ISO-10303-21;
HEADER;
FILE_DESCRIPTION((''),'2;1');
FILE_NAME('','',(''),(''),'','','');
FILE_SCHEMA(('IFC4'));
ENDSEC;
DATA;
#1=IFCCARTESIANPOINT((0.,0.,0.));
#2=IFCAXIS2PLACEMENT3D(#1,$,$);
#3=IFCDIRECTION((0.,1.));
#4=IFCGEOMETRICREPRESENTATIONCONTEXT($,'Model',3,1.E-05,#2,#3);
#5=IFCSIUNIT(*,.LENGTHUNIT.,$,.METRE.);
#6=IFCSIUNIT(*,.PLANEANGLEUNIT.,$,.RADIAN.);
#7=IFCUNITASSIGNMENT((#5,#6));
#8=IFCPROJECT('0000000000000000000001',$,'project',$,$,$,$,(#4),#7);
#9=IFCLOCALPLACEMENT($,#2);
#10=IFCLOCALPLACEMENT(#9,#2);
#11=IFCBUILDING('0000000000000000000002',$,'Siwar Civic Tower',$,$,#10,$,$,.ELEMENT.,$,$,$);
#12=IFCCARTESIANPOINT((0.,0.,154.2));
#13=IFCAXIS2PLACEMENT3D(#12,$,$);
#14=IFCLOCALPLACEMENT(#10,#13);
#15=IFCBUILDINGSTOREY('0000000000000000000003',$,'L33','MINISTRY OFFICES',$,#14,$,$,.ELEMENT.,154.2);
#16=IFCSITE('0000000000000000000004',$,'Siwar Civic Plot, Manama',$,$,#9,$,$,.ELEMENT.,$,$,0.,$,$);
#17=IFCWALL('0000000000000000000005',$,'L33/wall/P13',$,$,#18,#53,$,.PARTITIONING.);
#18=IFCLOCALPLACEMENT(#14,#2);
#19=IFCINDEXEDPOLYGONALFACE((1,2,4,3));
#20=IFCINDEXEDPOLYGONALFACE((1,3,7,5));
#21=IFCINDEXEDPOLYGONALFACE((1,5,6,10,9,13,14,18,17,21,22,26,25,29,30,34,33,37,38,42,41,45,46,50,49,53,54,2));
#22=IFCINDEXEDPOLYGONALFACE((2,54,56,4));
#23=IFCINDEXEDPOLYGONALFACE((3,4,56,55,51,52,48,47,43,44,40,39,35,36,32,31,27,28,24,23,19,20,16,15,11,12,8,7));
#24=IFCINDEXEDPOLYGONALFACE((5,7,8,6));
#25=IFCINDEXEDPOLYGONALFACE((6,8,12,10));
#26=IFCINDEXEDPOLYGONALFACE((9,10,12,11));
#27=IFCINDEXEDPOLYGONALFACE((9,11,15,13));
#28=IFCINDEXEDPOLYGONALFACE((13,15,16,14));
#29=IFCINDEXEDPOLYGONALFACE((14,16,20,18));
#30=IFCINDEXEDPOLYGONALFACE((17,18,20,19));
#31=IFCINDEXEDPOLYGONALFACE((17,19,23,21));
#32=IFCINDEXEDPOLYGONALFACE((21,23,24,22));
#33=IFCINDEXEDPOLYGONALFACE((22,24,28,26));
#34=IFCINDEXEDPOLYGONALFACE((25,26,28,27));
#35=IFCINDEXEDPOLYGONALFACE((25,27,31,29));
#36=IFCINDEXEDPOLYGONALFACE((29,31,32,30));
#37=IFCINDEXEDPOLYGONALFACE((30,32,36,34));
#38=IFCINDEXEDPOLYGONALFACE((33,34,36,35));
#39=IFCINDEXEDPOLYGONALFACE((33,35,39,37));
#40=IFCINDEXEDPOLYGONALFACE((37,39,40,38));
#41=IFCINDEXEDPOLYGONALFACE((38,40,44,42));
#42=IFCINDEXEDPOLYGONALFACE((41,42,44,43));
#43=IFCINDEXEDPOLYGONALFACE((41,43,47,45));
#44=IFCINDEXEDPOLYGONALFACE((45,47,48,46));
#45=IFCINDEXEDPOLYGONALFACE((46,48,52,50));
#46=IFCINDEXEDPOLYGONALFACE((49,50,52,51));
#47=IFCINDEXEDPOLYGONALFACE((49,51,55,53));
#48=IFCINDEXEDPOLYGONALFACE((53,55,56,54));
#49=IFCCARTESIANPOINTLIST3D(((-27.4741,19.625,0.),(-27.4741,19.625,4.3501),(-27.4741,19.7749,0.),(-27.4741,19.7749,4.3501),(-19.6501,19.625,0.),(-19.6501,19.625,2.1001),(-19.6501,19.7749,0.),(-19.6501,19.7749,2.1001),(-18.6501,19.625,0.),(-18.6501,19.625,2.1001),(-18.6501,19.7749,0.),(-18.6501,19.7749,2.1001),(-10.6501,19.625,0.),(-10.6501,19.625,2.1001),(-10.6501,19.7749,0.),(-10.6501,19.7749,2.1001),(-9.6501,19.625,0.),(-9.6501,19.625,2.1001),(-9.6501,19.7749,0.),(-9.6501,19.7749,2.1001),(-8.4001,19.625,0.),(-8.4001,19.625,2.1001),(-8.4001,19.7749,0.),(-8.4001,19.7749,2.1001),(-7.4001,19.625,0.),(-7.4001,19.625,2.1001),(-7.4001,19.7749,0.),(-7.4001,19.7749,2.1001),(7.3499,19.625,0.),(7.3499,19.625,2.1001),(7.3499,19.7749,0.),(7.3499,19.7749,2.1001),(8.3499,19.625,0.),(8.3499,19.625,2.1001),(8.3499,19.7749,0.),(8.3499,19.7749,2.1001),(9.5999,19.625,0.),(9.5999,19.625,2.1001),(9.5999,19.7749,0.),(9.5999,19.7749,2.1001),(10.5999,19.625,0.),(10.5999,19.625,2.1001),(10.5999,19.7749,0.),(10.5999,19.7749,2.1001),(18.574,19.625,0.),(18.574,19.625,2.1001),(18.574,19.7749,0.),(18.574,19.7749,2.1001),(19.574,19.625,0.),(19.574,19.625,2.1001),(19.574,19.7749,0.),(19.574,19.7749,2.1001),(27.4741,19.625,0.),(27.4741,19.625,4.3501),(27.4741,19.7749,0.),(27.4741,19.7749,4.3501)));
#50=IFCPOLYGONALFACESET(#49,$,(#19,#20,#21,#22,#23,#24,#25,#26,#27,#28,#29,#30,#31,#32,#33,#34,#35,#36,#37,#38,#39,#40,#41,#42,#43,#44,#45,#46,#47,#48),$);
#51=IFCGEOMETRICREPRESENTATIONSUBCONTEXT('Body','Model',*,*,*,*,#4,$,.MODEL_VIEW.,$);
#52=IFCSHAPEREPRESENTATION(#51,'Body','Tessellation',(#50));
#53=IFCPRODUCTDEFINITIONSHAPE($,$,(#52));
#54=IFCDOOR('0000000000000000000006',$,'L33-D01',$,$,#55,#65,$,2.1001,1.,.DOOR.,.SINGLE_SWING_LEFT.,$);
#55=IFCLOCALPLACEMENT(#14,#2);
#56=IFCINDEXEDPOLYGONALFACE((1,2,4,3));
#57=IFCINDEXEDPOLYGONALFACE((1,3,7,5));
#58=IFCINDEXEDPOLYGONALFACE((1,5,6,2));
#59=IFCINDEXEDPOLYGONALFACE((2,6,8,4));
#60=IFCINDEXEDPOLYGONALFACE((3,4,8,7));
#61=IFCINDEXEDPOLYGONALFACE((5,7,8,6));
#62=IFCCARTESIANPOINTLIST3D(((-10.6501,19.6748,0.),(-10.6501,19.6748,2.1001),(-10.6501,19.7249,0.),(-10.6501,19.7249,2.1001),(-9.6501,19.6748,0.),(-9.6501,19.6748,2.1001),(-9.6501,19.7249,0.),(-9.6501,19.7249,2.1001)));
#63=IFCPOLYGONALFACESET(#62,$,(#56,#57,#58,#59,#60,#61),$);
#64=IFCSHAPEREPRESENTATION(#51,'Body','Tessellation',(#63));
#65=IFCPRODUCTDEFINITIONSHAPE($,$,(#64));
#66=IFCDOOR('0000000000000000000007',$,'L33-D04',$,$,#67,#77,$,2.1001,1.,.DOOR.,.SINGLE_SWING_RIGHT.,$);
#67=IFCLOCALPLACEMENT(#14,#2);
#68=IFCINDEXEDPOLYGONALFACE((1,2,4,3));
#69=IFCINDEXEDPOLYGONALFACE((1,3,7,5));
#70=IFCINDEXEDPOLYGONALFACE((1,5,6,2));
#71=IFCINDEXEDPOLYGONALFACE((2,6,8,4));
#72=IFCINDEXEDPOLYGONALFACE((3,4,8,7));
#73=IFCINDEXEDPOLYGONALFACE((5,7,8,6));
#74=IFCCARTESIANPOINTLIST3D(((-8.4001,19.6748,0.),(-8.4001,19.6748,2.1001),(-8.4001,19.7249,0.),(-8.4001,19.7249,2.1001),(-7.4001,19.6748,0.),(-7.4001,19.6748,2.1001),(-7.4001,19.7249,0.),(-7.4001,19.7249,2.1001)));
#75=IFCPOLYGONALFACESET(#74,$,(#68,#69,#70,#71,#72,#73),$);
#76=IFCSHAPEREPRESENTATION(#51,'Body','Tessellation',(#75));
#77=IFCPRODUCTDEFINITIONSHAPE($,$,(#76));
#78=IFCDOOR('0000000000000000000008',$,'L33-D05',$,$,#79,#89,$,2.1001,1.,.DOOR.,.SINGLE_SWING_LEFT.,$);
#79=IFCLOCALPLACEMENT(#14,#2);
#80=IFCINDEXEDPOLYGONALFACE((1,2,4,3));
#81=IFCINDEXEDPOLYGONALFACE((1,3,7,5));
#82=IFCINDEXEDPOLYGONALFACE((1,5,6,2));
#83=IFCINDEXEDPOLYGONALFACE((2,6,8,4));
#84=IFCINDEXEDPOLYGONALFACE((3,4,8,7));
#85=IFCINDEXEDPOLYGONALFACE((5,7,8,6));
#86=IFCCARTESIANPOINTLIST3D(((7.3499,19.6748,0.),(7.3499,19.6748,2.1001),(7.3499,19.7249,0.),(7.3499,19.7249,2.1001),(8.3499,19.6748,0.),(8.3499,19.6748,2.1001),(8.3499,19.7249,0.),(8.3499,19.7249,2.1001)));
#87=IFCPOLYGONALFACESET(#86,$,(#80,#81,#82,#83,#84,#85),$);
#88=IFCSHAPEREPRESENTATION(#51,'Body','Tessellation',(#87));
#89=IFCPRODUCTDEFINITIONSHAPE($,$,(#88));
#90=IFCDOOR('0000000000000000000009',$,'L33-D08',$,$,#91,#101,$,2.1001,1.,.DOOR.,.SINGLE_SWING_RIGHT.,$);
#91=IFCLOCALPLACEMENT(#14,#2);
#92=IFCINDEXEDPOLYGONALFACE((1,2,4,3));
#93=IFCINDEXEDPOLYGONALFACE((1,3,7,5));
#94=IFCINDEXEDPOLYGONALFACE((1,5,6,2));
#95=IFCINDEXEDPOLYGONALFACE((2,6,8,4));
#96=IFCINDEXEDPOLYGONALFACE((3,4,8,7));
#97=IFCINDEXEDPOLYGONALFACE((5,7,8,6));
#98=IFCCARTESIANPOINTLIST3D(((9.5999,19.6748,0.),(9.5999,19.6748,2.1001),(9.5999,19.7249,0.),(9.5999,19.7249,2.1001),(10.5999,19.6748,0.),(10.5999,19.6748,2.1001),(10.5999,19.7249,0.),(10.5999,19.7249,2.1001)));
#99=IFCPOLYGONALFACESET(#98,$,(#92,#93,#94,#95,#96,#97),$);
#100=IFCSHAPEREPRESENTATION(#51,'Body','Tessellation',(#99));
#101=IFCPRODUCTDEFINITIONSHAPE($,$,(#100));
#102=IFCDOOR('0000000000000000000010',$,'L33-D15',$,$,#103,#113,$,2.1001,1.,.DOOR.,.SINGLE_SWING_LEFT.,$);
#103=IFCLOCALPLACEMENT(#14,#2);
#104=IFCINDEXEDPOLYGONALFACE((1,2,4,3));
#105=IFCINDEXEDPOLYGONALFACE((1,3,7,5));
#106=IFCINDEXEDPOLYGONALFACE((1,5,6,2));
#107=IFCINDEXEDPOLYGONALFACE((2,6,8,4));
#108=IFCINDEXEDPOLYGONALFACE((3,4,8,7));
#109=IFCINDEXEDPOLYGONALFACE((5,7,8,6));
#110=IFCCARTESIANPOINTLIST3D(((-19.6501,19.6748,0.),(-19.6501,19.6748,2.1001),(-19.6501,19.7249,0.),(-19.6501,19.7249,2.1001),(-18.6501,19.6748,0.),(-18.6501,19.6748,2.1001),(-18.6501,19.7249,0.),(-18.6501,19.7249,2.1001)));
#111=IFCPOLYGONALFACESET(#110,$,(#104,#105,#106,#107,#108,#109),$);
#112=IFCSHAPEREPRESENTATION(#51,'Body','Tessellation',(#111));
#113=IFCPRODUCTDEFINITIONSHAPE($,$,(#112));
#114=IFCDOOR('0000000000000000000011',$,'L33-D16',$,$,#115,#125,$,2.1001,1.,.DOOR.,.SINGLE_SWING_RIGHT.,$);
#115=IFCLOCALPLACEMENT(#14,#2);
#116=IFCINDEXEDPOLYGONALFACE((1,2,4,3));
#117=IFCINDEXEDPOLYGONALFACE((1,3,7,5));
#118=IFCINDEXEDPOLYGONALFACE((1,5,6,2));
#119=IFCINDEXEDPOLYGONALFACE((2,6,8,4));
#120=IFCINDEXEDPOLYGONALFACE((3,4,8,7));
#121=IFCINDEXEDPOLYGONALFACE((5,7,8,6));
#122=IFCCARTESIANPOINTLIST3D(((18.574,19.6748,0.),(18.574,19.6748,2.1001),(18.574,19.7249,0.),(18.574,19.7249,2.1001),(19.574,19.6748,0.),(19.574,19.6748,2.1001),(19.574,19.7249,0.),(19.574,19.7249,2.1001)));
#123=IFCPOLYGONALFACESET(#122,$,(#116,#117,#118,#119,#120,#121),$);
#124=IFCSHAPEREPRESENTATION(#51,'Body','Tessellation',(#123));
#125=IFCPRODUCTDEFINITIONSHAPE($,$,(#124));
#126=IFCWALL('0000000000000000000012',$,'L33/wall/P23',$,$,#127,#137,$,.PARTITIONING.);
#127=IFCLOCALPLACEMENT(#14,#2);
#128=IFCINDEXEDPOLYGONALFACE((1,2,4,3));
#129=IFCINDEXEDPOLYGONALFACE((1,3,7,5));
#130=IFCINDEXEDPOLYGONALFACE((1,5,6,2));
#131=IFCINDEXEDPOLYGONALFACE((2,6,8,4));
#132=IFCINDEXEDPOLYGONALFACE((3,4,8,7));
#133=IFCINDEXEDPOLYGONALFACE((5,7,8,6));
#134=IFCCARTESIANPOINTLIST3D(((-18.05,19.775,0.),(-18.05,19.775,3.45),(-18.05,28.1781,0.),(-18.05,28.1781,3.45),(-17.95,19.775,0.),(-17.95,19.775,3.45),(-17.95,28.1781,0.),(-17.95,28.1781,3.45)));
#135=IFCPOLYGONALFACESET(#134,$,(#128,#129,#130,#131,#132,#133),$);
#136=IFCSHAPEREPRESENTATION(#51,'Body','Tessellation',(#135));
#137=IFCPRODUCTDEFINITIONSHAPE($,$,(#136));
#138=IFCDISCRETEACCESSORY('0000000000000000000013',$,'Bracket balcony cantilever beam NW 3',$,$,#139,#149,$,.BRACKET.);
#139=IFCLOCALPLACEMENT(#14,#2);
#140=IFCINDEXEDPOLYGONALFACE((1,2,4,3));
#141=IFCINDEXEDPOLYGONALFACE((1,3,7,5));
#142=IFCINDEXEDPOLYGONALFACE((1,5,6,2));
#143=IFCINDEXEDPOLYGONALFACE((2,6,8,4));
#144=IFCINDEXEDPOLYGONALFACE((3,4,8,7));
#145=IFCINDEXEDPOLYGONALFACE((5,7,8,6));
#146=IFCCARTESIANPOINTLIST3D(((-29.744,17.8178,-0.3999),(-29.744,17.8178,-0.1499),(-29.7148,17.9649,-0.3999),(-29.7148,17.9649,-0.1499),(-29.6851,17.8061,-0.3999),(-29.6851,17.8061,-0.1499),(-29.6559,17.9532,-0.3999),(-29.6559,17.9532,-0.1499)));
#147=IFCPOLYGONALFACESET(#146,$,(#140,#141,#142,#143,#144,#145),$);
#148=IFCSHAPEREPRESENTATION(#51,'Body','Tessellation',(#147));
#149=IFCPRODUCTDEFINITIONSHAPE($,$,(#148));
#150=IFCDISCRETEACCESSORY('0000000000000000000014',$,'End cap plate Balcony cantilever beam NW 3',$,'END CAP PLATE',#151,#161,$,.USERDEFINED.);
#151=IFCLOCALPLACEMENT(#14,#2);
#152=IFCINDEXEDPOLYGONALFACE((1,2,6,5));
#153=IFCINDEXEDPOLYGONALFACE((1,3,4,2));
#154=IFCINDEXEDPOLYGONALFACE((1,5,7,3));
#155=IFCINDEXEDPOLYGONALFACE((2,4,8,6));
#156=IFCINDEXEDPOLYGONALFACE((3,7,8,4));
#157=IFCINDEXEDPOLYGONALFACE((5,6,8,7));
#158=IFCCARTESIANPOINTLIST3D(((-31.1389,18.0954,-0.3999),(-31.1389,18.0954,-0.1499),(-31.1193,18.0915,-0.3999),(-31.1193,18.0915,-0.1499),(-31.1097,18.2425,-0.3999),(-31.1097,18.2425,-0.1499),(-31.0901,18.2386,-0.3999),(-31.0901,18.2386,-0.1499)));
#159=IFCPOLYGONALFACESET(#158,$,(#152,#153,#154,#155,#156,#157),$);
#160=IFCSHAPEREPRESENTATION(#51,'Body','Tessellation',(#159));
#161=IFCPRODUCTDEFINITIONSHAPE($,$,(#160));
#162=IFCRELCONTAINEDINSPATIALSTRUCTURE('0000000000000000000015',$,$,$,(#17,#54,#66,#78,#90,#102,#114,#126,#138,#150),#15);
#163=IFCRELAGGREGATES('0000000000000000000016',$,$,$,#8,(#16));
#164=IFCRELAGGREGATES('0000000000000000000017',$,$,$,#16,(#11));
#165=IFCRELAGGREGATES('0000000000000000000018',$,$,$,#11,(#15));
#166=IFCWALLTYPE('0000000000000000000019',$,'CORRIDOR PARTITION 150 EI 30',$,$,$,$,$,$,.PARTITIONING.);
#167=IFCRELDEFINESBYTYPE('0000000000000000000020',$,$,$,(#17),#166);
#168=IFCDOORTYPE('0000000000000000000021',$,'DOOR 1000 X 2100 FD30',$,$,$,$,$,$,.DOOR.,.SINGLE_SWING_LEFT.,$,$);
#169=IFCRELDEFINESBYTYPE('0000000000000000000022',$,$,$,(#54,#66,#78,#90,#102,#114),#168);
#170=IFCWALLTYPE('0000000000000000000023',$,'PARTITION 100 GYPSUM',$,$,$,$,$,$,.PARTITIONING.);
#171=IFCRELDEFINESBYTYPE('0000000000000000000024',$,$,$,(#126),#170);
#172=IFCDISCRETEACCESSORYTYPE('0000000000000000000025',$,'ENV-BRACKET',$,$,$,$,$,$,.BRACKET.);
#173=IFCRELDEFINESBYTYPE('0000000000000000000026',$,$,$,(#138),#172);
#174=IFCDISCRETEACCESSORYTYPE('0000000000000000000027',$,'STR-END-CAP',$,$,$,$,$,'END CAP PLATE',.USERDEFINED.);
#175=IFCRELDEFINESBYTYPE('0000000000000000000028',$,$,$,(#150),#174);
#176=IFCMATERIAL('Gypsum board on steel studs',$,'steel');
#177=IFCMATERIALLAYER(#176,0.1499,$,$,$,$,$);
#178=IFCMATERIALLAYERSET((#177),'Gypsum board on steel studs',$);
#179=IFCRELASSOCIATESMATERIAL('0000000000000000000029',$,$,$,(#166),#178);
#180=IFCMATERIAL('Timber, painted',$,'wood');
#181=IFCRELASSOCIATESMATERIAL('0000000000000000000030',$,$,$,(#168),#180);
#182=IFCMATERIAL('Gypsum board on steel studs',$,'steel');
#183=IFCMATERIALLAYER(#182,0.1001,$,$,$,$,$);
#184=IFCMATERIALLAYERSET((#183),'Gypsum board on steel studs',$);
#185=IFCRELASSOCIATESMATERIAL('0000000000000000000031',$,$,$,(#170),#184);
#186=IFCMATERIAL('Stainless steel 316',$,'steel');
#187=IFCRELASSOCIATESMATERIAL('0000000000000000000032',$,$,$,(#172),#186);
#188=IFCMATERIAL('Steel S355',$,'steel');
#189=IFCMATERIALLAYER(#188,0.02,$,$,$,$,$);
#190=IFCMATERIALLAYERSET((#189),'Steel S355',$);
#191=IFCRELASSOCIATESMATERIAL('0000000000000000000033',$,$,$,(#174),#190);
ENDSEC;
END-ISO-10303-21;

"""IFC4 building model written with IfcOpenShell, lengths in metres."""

from ifc_helpers import new_model, si_unit, direction, frame, frame_2d, origin, origin_2d, place, context, subcontext, project, spatial, rectangle, extrude, material, layer, layer_set, type_object, element, fill, save


model = new_model("IFC4")

# Units and contexts
model_context = context("Model", 3, precision=1e-05, world=origin(), true_north=direction((0.0, 1.0)))
body_context = subcontext(model_context, "Body", "Model", "MODEL_VIEW")
ifc_project = project(units=[si_unit("LENGTHUNIT", "METRE"), si_unit("PLANEANGLEUNIT", "RADIAN")], contexts=[model_context])

# Site, building, storey
site_placement = place(None, origin())
site = spatial("IfcSite", under=ifc_project, at=site_placement, Name="Siwar Civic Plot, Manama", CompositionType="ELEMENT", RefElevation=0.0)
building_placement = place(site_placement, origin())
building = spatial("IfcBuilding", under=site, at=building_placement, Name="Siwar Civic Tower", CompositionType="ELEMENT")
storey_placement = place(building_placement, frame((0.0, 0.0, 154.2)))
storey = spatial("IfcBuildingStorey", under=building, at=storey_placement, Name="L33", Description="MINISTRY OFFICES", CompositionType="ELEMENT", Elevation=154.2)

# Shared definitions
ifc_material_1 = material(Name="Gypsum board on steel studs", Category="steel")
ifc_layer_1 = layer(ifc_material_1, 0.1499)
ifc_layer_set_1 = layer_set([ifc_layer_1], Name="Gypsum board on steel studs")
wall_type_1 = type_object("IfcWallType", Name="CORRIDOR PARTITION 150 EI 30", PredefinedType="PARTITIONING", material=ifc_layer_set_1)

# Wall, openings, doors
ifc_material_2 = material(Name="Timber, painted", Category="wood")
door_type = type_object("IfcDoorType", Name="DOOR 1000 X 2100 FD30", OperationType="SINGLE_SWING_LEFT", PredefinedType="DOOR", material=ifc_material_2)
wall_1_placement = place(storey_placement, frame((-27.4741, 19.7, 0.0), z_axis=(0.0, 0.0, 1.0), x_axis=(1.0, 0.0, 0.0)))
wall_1 = element("IfcWall", 1, at=wall_1_placement, inside=storey, type_object=wall_type_1, Name="L33/wall/P13", PredefinedType="PARTITIONING", context=body_context, shape_type="SweptSolid", body=[
    extrude(rectangle(XDim=54.9482, YDim=0.1499, at=frame_2d((27.4741, 0.0))), origin(), (0.0, 0.0, 1.0), 4.3501),
])
opening_1_placement = place(wall_1_placement, frame((16.824, 0.0, 0.0)))
opening_1 = element("IfcOpeningElement", 2, at=opening_1_placement, cuts=wall_1, PredefinedType="OPENING", context=body_context, shape_type="SweptSolid", body=[
    extrude(rectangle(XDim=1.0, YDim=2.1001, at=frame_2d((0.5, 1.05))), frame((0.0, 0.085, 0.0), z_axis=(0.0, -1.0, 0.0), x_axis=(1.0, 0.0, 0.0)), (0.0, 0.0, 1.0), 0.1699),
])
opening_2_placement = place(wall_1_placement, frame((19.074, 0.0, 0.0)))
opening_2 = element("IfcOpeningElement", 3, at=opening_2_placement, cuts=wall_1, PredefinedType="OPENING", context=body_context, shape_type="SweptSolid", body=[
    extrude(rectangle(XDim=1.0, YDim=2.1001, at=frame_2d((0.5, 1.05))), frame((0.0, 0.085, 0.0), z_axis=(0.0, -1.0, 0.0), x_axis=(1.0, 0.0, 0.0)), (0.0, 0.0, 1.0), 0.1699),
])
opening_3_placement = place(wall_1_placement, frame((34.824, 0.0, 0.0)))
opening_3 = element("IfcOpeningElement", 4, at=opening_3_placement, cuts=wall_1, PredefinedType="OPENING", context=body_context, shape_type="SweptSolid", body=[
    extrude(rectangle(XDim=1.0, YDim=2.1001, at=frame_2d((0.5, 1.05))), frame((0.0, 0.085, 0.0), z_axis=(0.0, -1.0, 0.0), x_axis=(1.0, 0.0, 0.0)), (0.0, 0.0, 1.0), 0.1699),
])
opening_4_placement = place(wall_1_placement, frame((37.074, 0.0, 0.0)))
opening_4 = element("IfcOpeningElement", 5, at=opening_4_placement, cuts=wall_1, PredefinedType="OPENING", context=body_context, shape_type="SweptSolid", body=[
    extrude(rectangle(XDim=1.0, YDim=2.1001, at=frame_2d((0.5, 1.05))), frame((0.0, 0.085, 0.0), z_axis=(0.0, -1.0, 0.0), x_axis=(1.0, 0.0, 0.0)), (0.0, 0.0, 1.0), 0.1699),
])
opening_5_placement = place(wall_1_placement, frame((7.824, 0.0, 0.0)))
opening_5 = element("IfcOpeningElement", 6, at=opening_5_placement, cuts=wall_1, PredefinedType="OPENING", context=body_context, shape_type="SweptSolid", body=[
    extrude(rectangle(XDim=1.0, YDim=2.1001, at=frame_2d((0.5, 1.05))), frame((0.0, 0.085, 0.0), z_axis=(0.0, -1.0, 0.0), x_axis=(1.0, 0.0, 0.0)), (0.0, 0.0, 1.0), 0.1699),
])
opening_6_placement = place(wall_1_placement, frame((46.0481, 0.0, 0.0)))
opening_6 = element("IfcOpeningElement", 7, at=opening_6_placement, cuts=wall_1, PredefinedType="OPENING", context=body_context, shape_type="SweptSolid", body=[
    extrude(rectangle(XDim=1.0, YDim=2.1001, at=frame_2d((0.5, 1.05))), frame((0.0, 0.085, 0.0), z_axis=(0.0, -1.0, 0.0), x_axis=(1.0, 0.0, 0.0)), (0.0, 0.0, 1.0), 0.1699),
])
door_1_placement = place(opening_1_placement, origin())
door_1 = element("IfcDoor", 8, at=door_1_placement, inside=storey, type_object=door_type, Name="L33-D01", OperationType="SINGLE_SWING_LEFT", OverallHeight=2.1001, OverallWidth=1.0, PredefinedType="DOOR", context=body_context, shape_type="SweptSolid", body=[
    extrude(rectangle(XDim=1.0, YDim=2.1001, at=frame_2d((0.5, 1.05))), frame((0.0, 0.0249, 0.0), z_axis=(0.0, -1.0, 0.0), x_axis=(1.0, 0.0, 0.0)), (0.0, 0.0, 1.0), 0.05),
])
fill(opening_1, door_1)
door_2_placement = place(opening_2_placement, origin())
door_2 = element("IfcDoor", 9, at=door_2_placement, inside=storey, type_object=door_type, Name="L33-D04", OperationType="SINGLE_SWING_RIGHT", OverallHeight=2.1001, OverallWidth=1.0, PredefinedType="DOOR", context=body_context, shape_type="SweptSolid", body=[
    extrude(rectangle(XDim=1.0, YDim=2.1001, at=frame_2d((0.5, 1.05))), frame((0.0, 0.0249, 0.0), z_axis=(0.0, -1.0, 0.0), x_axis=(1.0, 0.0, 0.0)), (0.0, 0.0, 1.0), 0.05),
])
fill(opening_2, door_2)
door_3_placement = place(opening_3_placement, origin())
door_3 = element("IfcDoor", 10, at=door_3_placement, inside=storey, type_object=door_type, Name="L33-D05", OperationType="SINGLE_SWING_LEFT", OverallHeight=2.1001, OverallWidth=1.0, PredefinedType="DOOR", context=body_context, shape_type="SweptSolid", body=[
    extrude(rectangle(XDim=1.0, YDim=2.1001, at=frame_2d((0.5, 1.05))), frame((0.0, 0.0249, 0.0), z_axis=(0.0, -1.0, 0.0), x_axis=(1.0, 0.0, 0.0)), (0.0, 0.0, 1.0), 0.05),
])
fill(opening_3, door_3)
door_4_placement = place(opening_4_placement, origin())
door_4 = element("IfcDoor", 11, at=door_4_placement, inside=storey, type_object=door_type, Name="L33-D08", OperationType="SINGLE_SWING_RIGHT", OverallHeight=2.1001, OverallWidth=1.0, PredefinedType="DOOR", context=body_context, shape_type="SweptSolid", body=[
    extrude(rectangle(XDim=1.0, YDim=2.1001, at=frame_2d((0.5, 1.05))), frame((0.0, 0.0249, 0.0), z_axis=(0.0, -1.0, 0.0), x_axis=(1.0, 0.0, 0.0)), (0.0, 0.0, 1.0), 0.05),
])
fill(opening_4, door_4)
door_5_placement = place(opening_5_placement, origin())
door_5 = element("IfcDoor", 12, at=door_5_placement, inside=storey, type_object=door_type, Name="L33-D15", OperationType="SINGLE_SWING_LEFT", OverallHeight=2.1001, OverallWidth=1.0, PredefinedType="DOOR", context=body_context, shape_type="SweptSolid", body=[
    extrude(rectangle(XDim=1.0, YDim=2.1001, at=frame_2d((0.5, 1.05))), frame((0.0, 0.0249, 0.0), z_axis=(0.0, -1.0, 0.0), x_axis=(1.0, 0.0, 0.0)), (0.0, 0.0, 1.0), 0.05),
])
fill(opening_5, door_5)
door_6_placement = place(opening_6_placement, origin())
door_6 = element("IfcDoor", 13, at=door_6_placement, inside=storey, type_object=door_type, Name="L33-D16", OperationType="SINGLE_SWING_RIGHT", OverallHeight=2.1001, OverallWidth=1.0, PredefinedType="DOOR", context=body_context, shape_type="SweptSolid", body=[
    extrude(rectangle(XDim=1.0, YDim=2.1001, at=frame_2d((0.5, 1.05))), frame((0.0, 0.0249, 0.0), z_axis=(0.0, -1.0, 0.0), x_axis=(1.0, 0.0, 0.0)), (0.0, 0.0, 1.0), 0.05),
])
fill(opening_6, door_6)

# Wall
ifc_material_3 = material(Name="Gypsum board on steel studs", Category="steel")
ifc_layer_2 = layer(ifc_material_3, 0.1001)
ifc_layer_set_2 = layer_set([ifc_layer_2], Name="Gypsum board on steel studs")
wall_type_2 = type_object("IfcWallType", Name="PARTITION 100 GYPSUM", PredefinedType="PARTITIONING", material=ifc_layer_set_2)
wall_2_placement = place(storey_placement, frame((-18.0, 19.7749, 0.0), z_axis=(0.0, 0.0, 1.0), x_axis=(0.0, 1.0, 0.0)))
element("IfcWall", 14, at=wall_2_placement, inside=storey, type_object=wall_type_2, Name="L33/wall/P23", PredefinedType="PARTITIONING", context=body_context, shape_type="SweptSolid", body=[
    extrude(rectangle(XDim=8.4031, YDim=0.1001, at=frame_2d((4.2017, 0.0))), origin(), (0.0, 0.0, 1.0), 3.45),
])

# Discrete accessories
ifc_material_4 = material(Name="Stainless steel 316", Category="steel")
discrete_accessory_type_1 = type_object("IfcDiscreteAccessoryType", Name="ENV-BRACKET", PredefinedType="BRACKET", material=ifc_material_4)
discrete_accessory_1_placement = place(storey_placement, frame((-29.7, 17.8855, -0.3999), z_axis=(0.0, 0.0, 1.0), x_axis=(-0.980785, 0.19509, 0.0)))
element("IfcDiscreteAccessory", 15, at=discrete_accessory_1_placement, inside=storey, type_object=discrete_accessory_type_1, Name="Bracket balcony cantilever beam NW 3", PredefinedType="BRACKET", context=body_context, shape_type="SweptSolid", body=[
    extrude(rectangle(XDim=0.0601, YDim=0.1499, at=origin_2d()), origin(), (0.0, 0.0, 1.0), 0.25),
])
ifc_material_5 = material(Name="Steel S355", Category="steel")
ifc_layer_3 = layer(ifc_material_5, 0.02)
ifc_layer_set_3 = layer_set([ifc_layer_3], Name="Steel S355")
discrete_accessory_type_2 = type_object("IfcDiscreteAccessoryType", Name="STR-END-CAP", ElementType="END CAP PLATE", PredefinedType="USERDEFINED", material=ifc_layer_set_3)
discrete_accessory_2_placement = place(storey_placement, frame((-31.1145, 18.167, -0.3999), z_axis=(0.0, 0.0, 1.0), x_axis=(-0.980785, 0.19509, 0.0)))
element("IfcDiscreteAccessory", 16, at=discrete_accessory_2_placement, inside=storey, type_object=discrete_accessory_type_2, Name="End cap plate Balcony cantilever beam NW 3", ObjectType="END CAP PLATE", PredefinedType="USERDEFINED", context=body_context, shape_type="SweptSolid", body=[
    extrude(rectangle(XDim=0.02, YDim=0.1499, at=origin_2d()), origin(), (0.0, 0.0, 1.0), 0.25),
])

save(model, "model.ifc")
